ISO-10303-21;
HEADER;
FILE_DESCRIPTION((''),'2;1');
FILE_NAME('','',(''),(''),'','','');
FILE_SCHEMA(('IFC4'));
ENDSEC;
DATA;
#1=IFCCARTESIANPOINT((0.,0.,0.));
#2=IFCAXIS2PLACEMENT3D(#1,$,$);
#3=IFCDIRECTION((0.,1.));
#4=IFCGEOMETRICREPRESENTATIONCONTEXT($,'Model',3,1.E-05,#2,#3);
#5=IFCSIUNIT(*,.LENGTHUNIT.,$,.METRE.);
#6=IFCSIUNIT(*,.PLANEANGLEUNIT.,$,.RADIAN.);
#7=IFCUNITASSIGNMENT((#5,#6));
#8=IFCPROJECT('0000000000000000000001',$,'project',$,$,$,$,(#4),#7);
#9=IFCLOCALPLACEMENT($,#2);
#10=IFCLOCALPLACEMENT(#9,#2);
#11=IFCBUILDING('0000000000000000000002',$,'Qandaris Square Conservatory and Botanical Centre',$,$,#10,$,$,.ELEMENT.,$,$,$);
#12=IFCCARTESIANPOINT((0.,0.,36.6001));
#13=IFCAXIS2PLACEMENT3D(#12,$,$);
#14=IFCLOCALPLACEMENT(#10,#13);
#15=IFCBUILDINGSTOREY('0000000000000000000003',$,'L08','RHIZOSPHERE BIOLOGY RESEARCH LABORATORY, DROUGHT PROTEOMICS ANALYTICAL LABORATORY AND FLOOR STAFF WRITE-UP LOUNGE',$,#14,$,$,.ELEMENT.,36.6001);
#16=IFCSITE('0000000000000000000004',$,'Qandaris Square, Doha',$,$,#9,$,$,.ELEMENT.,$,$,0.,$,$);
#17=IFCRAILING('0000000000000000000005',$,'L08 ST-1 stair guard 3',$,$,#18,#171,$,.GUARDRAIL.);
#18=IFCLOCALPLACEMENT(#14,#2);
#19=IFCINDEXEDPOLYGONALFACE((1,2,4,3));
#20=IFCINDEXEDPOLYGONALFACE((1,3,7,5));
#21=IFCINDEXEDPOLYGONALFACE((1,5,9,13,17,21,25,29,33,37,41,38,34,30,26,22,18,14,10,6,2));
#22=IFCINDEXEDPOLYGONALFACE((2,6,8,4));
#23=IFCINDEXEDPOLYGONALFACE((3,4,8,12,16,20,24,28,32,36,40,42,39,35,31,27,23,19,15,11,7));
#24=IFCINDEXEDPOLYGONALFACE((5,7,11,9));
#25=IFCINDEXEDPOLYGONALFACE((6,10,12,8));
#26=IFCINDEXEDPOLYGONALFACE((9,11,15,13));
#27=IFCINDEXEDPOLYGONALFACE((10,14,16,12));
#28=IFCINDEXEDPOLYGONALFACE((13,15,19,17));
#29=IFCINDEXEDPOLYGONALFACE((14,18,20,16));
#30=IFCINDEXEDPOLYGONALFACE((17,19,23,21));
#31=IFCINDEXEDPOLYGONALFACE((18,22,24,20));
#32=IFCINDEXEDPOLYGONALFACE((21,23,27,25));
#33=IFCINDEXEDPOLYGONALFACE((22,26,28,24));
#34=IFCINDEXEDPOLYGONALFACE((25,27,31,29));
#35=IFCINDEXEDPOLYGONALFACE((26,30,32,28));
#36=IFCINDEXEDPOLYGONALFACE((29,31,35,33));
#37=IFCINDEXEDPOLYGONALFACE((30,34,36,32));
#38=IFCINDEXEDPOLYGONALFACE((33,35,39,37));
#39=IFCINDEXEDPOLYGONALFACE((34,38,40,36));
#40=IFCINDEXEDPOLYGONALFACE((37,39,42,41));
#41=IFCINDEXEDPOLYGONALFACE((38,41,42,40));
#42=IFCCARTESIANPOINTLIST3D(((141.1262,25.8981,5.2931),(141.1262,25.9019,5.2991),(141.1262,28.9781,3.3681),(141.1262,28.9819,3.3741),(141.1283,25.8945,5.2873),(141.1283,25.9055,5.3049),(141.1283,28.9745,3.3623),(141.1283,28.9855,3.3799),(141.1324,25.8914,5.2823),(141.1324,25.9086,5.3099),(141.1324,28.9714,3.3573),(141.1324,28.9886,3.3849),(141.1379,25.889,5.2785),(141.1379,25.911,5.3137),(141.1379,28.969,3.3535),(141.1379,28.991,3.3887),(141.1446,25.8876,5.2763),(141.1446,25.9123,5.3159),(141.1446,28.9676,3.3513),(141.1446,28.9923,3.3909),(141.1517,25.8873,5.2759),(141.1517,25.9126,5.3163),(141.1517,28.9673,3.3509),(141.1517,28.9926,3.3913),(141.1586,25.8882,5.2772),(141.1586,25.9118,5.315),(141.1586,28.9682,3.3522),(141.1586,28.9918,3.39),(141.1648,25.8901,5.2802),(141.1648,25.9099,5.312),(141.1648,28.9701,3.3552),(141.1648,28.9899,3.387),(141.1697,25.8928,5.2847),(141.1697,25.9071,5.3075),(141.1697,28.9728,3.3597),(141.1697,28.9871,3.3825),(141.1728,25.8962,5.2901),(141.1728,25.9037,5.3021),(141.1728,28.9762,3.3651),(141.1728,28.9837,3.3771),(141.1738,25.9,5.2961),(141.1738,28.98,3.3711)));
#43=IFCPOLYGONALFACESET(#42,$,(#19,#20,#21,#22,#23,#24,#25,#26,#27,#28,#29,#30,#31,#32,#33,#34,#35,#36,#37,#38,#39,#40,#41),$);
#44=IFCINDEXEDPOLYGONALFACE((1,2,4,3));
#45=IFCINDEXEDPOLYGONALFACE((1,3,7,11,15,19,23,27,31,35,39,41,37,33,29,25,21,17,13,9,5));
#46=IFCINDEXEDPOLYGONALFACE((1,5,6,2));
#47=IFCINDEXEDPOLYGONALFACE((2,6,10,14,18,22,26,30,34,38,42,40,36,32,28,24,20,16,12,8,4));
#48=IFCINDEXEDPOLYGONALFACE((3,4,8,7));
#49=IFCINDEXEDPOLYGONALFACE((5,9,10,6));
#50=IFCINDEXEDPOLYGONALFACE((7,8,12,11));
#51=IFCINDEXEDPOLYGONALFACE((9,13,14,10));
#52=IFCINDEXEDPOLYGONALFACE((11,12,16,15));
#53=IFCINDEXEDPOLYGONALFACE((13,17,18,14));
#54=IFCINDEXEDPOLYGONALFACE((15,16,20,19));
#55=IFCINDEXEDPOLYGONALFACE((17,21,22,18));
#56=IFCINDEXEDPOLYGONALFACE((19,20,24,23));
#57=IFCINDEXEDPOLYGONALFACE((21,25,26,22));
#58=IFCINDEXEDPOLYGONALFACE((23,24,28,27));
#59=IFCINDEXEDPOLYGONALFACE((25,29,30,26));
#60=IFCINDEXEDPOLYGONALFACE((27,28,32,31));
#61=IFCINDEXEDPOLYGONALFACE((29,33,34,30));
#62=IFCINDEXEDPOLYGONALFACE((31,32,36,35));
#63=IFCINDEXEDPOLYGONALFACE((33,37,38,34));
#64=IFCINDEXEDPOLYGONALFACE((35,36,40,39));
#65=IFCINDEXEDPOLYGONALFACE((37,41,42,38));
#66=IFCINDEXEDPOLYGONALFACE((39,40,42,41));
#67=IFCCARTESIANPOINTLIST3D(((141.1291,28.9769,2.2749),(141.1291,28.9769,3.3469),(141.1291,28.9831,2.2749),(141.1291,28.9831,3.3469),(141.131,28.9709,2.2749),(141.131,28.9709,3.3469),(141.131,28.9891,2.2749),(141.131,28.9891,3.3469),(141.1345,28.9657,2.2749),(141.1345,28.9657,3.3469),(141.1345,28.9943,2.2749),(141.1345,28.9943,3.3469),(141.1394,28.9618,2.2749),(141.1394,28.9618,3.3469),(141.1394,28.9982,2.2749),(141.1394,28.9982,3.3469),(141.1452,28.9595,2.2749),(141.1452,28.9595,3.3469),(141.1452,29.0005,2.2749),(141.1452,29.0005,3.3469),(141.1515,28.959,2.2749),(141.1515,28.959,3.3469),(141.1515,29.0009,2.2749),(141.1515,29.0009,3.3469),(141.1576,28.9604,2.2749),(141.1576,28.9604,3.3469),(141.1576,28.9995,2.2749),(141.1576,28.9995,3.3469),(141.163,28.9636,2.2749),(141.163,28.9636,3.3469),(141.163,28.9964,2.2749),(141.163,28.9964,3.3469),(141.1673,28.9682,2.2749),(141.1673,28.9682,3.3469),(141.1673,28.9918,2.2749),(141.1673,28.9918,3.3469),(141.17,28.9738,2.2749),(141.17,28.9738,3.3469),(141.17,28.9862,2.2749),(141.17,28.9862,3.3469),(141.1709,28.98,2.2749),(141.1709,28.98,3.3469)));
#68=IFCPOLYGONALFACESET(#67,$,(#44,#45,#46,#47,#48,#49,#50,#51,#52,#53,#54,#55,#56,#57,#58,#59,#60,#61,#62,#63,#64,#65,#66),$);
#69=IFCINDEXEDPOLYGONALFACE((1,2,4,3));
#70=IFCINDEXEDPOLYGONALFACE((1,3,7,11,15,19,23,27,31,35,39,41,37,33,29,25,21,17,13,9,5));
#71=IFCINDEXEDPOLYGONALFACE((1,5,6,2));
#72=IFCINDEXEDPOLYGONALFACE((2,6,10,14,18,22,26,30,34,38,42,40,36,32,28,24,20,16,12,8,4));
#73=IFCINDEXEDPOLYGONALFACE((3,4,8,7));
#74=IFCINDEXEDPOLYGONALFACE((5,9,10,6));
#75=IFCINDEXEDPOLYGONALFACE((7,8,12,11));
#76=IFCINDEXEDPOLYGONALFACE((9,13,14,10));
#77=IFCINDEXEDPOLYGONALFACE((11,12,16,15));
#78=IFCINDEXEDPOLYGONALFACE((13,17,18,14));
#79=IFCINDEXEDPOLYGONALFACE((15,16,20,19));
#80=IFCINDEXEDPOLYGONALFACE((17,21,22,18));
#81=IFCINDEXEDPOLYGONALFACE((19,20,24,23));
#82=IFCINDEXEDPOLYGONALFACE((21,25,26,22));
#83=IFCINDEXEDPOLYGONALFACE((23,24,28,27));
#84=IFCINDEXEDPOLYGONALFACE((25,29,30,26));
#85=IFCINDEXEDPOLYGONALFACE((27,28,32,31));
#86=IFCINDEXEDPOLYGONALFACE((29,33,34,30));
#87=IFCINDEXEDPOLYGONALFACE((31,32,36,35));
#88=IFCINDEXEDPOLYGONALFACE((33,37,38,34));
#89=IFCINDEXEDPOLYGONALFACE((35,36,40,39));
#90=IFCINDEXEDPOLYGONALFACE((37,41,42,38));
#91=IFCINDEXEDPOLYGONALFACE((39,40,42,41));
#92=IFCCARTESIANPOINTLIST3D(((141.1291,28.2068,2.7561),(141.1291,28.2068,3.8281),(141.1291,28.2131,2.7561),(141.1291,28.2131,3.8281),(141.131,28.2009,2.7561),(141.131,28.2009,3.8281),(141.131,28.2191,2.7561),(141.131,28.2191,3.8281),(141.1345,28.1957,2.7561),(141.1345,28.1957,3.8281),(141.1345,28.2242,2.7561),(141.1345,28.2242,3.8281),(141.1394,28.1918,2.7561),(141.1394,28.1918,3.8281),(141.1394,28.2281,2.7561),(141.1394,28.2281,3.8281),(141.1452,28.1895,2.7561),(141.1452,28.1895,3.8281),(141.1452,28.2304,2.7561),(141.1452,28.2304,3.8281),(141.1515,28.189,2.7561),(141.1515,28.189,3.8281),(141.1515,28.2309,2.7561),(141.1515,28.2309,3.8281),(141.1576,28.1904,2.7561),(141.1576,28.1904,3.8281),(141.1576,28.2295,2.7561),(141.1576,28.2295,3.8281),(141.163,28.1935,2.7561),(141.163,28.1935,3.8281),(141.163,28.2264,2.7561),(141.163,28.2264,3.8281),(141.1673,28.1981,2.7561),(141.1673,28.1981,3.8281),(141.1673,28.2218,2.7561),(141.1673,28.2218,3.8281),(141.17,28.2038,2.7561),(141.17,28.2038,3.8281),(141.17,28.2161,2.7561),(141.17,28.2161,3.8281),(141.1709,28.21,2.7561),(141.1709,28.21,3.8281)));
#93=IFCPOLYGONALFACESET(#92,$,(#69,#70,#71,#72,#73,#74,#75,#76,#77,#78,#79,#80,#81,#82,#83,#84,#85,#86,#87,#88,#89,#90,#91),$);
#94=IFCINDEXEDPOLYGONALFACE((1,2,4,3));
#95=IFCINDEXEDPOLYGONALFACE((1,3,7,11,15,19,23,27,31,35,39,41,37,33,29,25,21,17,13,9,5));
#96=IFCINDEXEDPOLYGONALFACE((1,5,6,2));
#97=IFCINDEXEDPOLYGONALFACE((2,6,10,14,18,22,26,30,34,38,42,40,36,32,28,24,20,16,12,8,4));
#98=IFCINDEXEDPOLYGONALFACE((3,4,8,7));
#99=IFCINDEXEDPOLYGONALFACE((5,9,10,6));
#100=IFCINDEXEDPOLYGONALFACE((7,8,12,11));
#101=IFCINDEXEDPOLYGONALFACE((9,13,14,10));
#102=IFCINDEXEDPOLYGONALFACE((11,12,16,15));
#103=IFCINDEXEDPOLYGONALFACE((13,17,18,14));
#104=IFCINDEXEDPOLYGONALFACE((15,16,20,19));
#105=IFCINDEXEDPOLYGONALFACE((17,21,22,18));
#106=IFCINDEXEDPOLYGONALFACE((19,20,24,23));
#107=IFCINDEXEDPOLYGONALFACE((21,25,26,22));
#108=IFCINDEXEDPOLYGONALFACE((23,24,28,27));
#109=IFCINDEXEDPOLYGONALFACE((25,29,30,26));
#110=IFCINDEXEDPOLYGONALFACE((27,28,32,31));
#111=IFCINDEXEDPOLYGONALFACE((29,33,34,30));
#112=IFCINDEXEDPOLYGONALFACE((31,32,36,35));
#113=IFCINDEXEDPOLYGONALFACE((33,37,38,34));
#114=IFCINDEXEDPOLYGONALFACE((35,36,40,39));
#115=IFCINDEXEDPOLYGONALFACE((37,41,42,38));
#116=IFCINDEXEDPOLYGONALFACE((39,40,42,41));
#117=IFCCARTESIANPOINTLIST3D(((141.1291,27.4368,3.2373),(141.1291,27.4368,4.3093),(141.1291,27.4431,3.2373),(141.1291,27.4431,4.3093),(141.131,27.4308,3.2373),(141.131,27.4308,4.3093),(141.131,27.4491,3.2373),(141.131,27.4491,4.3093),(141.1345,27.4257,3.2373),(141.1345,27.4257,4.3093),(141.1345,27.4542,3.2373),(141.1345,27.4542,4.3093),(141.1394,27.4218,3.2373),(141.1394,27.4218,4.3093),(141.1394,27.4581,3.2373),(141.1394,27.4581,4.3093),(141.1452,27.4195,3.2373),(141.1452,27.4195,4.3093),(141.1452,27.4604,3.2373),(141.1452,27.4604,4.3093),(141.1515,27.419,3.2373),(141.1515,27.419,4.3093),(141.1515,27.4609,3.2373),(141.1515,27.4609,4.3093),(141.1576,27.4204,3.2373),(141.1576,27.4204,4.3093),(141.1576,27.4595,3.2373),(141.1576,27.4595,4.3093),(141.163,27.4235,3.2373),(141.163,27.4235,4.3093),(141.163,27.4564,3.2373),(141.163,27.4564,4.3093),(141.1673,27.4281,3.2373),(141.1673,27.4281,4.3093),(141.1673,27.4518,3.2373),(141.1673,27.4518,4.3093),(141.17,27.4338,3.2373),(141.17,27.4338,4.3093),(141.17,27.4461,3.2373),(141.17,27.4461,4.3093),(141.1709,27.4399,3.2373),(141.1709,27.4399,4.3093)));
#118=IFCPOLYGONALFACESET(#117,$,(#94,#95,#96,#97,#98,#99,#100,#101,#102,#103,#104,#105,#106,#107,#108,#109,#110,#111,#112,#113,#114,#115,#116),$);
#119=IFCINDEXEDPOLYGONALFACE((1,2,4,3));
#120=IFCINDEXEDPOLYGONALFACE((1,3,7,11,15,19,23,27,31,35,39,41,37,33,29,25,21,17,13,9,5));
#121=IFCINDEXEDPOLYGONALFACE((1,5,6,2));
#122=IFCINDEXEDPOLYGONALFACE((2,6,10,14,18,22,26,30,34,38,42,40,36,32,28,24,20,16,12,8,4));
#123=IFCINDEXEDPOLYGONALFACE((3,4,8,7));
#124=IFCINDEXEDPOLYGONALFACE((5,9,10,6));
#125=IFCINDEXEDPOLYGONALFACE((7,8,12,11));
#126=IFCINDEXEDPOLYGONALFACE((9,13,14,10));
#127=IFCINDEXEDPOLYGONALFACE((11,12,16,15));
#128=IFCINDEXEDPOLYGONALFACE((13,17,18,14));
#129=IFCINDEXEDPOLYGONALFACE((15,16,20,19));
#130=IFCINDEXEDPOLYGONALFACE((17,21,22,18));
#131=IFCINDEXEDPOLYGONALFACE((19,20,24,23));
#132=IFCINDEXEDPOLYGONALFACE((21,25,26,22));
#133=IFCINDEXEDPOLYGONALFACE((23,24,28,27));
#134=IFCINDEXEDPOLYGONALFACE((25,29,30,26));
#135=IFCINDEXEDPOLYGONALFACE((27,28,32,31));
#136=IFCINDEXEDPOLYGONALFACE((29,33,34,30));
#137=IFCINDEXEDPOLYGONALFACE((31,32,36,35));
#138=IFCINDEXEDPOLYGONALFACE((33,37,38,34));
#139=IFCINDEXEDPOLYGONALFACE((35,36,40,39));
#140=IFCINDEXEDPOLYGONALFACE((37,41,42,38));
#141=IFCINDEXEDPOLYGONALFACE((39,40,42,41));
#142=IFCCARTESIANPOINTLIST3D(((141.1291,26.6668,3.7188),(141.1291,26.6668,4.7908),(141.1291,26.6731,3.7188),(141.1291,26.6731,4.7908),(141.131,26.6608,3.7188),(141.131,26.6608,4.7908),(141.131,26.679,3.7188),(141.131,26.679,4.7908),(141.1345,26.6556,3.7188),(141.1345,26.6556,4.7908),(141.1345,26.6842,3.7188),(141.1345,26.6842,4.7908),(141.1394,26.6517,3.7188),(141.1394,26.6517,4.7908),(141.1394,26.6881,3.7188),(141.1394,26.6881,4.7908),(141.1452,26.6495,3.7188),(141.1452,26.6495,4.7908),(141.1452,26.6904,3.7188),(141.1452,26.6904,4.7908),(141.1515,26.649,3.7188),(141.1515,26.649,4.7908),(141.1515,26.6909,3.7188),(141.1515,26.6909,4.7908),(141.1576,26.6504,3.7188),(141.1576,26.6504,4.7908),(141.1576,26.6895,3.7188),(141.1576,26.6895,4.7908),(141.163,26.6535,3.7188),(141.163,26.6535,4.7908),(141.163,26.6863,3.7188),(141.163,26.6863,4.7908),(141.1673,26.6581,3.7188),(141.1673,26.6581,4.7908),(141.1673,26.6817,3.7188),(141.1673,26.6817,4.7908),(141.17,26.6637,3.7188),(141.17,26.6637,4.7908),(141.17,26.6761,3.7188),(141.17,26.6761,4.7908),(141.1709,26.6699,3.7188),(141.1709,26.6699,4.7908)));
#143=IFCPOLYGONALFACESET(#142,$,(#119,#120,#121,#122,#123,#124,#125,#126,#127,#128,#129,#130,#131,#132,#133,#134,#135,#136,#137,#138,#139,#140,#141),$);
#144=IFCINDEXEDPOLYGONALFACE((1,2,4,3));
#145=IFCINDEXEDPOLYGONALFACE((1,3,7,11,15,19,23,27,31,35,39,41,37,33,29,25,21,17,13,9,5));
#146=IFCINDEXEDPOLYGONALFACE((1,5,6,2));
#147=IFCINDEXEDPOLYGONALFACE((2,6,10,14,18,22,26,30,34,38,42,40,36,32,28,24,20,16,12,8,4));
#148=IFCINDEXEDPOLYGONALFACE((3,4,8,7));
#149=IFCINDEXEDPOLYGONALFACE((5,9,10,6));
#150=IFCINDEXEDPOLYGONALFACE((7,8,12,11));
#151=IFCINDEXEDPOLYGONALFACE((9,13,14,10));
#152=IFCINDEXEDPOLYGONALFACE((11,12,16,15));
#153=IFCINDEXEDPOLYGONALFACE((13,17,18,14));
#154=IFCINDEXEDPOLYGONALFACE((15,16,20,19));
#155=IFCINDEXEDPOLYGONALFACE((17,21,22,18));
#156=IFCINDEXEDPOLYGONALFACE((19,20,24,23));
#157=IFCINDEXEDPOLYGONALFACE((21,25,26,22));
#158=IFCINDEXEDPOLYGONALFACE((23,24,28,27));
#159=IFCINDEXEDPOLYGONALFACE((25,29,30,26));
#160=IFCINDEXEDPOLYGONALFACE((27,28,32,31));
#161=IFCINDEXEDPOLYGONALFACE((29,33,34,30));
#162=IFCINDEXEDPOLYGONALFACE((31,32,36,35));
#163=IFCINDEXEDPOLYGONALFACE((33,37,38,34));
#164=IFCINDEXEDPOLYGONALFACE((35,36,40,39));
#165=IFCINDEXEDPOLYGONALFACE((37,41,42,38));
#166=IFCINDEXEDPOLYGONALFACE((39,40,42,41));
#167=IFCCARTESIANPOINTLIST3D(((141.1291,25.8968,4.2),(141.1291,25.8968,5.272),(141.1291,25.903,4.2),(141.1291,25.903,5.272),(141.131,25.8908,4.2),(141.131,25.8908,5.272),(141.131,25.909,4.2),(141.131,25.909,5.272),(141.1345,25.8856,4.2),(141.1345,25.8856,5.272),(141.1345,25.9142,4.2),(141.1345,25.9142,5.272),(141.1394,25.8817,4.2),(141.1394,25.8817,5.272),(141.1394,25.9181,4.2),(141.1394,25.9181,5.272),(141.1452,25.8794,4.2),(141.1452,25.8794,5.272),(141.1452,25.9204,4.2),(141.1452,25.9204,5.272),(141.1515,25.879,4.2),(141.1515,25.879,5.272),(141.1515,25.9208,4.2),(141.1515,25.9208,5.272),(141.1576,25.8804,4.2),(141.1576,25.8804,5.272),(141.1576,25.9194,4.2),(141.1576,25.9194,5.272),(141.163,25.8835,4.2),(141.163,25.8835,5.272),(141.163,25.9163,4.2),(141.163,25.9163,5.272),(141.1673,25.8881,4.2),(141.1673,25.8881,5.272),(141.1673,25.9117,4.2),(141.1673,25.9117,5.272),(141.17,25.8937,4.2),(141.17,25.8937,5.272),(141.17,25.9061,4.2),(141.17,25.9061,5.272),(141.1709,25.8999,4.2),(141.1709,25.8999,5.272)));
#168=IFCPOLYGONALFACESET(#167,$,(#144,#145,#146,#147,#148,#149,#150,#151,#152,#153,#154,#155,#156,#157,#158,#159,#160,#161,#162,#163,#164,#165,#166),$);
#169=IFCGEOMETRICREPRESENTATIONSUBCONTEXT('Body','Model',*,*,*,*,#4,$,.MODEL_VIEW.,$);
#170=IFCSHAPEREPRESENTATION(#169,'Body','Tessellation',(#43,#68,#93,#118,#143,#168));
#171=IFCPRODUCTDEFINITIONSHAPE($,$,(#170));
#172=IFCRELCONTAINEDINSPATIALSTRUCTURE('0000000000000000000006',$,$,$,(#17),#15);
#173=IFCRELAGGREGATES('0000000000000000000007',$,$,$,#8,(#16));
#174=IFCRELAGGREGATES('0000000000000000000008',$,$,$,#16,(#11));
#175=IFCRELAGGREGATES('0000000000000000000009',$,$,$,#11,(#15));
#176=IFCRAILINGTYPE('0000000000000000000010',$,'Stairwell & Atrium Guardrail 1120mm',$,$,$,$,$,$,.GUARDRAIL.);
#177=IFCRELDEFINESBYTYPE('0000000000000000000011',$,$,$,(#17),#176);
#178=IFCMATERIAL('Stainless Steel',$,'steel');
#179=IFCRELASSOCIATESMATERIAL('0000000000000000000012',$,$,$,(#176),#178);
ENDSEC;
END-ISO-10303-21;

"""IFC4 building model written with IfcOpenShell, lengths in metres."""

from ifc_helpers import new_model, si_unit, direction, frame, origin, origin_2d, place, context, subcontext, project, spatial, circle, extrude, material, type_object, element, save


model = new_model("IFC4")

# Units and contexts
model_context = context("Model", 3, precision=1e-05, world=origin(), true_north=direction((0.0, 1.0)))
body_context = subcontext(model_context, "Body", "Model", "MODEL_VIEW")
ifc_project = project(units=[si_unit("LENGTHUNIT", "METRE"), si_unit("PLANEANGLEUNIT", "RADIAN")], contexts=[model_context])

# Site, building, storey
site_placement = place(None, origin())
site = spatial("IfcSite", under=ifc_project, at=site_placement, Name="Qandaris Square, Doha", CompositionType="ELEMENT", RefElevation=0.0)
building_placement = place(site_placement, origin())
building = spatial("IfcBuilding", under=site, at=building_placement, Name="Qandaris Square Conservatory and Botanical Centre", CompositionType="ELEMENT")
storey_placement = place(building_placement, frame((0.0, 0.0, 36.6001)))
storey = spatial("IfcBuildingStorey", under=building, at=storey_placement, Name="L08", Description="RHIZOSPHERE BIOLOGY RESEARCH LABORATORY, DROUGHT PROTEOMICS ANALYTICAL LABORATORY AND FLOOR STAFF WRITE-UP LOUNGE", CompositionType="ELEMENT", Elevation=36.6001)

# Railing
ifc_material_1 = material(Name="Stainless Steel", Category="steel")
railing_type_1 = type_object("IfcRailingType", Name="Stairwell & Atrium Guardrail 1120mm", PredefinedType="GUARDRAIL", material=ifc_material_1)
railing_1_placement = place(storey_placement, frame((141.1499, 28.98, 2.2749)))
element("IfcRailing", 1, at=railing_1_placement, inside=storey, type_object=railing_type_1, Name="L08 ST-1 stair guard 3", PredefinedType="GUARDRAIL", context=body_context, shape_type="SweptSolid", body=[
    extrude(circle(Radius=0.0239, at=origin_2d()), frame((0.0, 0.0, 1.0962), z_axis=(0.0, -0.847998, 0.529999), x_axis=(1.0, 0.0, 0.0)), (0.0, 0.0, 1.0), 3.6321),
    extrude(circle(Radius=0.021, at=origin_2d()), origin(), (0.0, 0.0, 1.0), 1.072),
    extrude(circle(Radius=0.021, at=origin_2d()), frame((0.0, -0.77, 0.4812)), (0.0, 0.0, 1.0), 1.072),
    extrude(circle(Radius=0.021, at=origin_2d()), frame((0.0, -1.54, 0.9624)), (0.0, 0.0, 1.0), 1.072),
    extrude(circle(Radius=0.021, at=origin_2d()), frame((0.0, -2.3101, 1.4438)), (0.0, 0.0, 1.0), 1.072),
    extrude(circle(Radius=0.021, at=origin_2d()), frame((0.0, -3.0801, 1.925)), (0.0, 0.0, 1.0), 1.072),
])

save(model, "model.ifc")
